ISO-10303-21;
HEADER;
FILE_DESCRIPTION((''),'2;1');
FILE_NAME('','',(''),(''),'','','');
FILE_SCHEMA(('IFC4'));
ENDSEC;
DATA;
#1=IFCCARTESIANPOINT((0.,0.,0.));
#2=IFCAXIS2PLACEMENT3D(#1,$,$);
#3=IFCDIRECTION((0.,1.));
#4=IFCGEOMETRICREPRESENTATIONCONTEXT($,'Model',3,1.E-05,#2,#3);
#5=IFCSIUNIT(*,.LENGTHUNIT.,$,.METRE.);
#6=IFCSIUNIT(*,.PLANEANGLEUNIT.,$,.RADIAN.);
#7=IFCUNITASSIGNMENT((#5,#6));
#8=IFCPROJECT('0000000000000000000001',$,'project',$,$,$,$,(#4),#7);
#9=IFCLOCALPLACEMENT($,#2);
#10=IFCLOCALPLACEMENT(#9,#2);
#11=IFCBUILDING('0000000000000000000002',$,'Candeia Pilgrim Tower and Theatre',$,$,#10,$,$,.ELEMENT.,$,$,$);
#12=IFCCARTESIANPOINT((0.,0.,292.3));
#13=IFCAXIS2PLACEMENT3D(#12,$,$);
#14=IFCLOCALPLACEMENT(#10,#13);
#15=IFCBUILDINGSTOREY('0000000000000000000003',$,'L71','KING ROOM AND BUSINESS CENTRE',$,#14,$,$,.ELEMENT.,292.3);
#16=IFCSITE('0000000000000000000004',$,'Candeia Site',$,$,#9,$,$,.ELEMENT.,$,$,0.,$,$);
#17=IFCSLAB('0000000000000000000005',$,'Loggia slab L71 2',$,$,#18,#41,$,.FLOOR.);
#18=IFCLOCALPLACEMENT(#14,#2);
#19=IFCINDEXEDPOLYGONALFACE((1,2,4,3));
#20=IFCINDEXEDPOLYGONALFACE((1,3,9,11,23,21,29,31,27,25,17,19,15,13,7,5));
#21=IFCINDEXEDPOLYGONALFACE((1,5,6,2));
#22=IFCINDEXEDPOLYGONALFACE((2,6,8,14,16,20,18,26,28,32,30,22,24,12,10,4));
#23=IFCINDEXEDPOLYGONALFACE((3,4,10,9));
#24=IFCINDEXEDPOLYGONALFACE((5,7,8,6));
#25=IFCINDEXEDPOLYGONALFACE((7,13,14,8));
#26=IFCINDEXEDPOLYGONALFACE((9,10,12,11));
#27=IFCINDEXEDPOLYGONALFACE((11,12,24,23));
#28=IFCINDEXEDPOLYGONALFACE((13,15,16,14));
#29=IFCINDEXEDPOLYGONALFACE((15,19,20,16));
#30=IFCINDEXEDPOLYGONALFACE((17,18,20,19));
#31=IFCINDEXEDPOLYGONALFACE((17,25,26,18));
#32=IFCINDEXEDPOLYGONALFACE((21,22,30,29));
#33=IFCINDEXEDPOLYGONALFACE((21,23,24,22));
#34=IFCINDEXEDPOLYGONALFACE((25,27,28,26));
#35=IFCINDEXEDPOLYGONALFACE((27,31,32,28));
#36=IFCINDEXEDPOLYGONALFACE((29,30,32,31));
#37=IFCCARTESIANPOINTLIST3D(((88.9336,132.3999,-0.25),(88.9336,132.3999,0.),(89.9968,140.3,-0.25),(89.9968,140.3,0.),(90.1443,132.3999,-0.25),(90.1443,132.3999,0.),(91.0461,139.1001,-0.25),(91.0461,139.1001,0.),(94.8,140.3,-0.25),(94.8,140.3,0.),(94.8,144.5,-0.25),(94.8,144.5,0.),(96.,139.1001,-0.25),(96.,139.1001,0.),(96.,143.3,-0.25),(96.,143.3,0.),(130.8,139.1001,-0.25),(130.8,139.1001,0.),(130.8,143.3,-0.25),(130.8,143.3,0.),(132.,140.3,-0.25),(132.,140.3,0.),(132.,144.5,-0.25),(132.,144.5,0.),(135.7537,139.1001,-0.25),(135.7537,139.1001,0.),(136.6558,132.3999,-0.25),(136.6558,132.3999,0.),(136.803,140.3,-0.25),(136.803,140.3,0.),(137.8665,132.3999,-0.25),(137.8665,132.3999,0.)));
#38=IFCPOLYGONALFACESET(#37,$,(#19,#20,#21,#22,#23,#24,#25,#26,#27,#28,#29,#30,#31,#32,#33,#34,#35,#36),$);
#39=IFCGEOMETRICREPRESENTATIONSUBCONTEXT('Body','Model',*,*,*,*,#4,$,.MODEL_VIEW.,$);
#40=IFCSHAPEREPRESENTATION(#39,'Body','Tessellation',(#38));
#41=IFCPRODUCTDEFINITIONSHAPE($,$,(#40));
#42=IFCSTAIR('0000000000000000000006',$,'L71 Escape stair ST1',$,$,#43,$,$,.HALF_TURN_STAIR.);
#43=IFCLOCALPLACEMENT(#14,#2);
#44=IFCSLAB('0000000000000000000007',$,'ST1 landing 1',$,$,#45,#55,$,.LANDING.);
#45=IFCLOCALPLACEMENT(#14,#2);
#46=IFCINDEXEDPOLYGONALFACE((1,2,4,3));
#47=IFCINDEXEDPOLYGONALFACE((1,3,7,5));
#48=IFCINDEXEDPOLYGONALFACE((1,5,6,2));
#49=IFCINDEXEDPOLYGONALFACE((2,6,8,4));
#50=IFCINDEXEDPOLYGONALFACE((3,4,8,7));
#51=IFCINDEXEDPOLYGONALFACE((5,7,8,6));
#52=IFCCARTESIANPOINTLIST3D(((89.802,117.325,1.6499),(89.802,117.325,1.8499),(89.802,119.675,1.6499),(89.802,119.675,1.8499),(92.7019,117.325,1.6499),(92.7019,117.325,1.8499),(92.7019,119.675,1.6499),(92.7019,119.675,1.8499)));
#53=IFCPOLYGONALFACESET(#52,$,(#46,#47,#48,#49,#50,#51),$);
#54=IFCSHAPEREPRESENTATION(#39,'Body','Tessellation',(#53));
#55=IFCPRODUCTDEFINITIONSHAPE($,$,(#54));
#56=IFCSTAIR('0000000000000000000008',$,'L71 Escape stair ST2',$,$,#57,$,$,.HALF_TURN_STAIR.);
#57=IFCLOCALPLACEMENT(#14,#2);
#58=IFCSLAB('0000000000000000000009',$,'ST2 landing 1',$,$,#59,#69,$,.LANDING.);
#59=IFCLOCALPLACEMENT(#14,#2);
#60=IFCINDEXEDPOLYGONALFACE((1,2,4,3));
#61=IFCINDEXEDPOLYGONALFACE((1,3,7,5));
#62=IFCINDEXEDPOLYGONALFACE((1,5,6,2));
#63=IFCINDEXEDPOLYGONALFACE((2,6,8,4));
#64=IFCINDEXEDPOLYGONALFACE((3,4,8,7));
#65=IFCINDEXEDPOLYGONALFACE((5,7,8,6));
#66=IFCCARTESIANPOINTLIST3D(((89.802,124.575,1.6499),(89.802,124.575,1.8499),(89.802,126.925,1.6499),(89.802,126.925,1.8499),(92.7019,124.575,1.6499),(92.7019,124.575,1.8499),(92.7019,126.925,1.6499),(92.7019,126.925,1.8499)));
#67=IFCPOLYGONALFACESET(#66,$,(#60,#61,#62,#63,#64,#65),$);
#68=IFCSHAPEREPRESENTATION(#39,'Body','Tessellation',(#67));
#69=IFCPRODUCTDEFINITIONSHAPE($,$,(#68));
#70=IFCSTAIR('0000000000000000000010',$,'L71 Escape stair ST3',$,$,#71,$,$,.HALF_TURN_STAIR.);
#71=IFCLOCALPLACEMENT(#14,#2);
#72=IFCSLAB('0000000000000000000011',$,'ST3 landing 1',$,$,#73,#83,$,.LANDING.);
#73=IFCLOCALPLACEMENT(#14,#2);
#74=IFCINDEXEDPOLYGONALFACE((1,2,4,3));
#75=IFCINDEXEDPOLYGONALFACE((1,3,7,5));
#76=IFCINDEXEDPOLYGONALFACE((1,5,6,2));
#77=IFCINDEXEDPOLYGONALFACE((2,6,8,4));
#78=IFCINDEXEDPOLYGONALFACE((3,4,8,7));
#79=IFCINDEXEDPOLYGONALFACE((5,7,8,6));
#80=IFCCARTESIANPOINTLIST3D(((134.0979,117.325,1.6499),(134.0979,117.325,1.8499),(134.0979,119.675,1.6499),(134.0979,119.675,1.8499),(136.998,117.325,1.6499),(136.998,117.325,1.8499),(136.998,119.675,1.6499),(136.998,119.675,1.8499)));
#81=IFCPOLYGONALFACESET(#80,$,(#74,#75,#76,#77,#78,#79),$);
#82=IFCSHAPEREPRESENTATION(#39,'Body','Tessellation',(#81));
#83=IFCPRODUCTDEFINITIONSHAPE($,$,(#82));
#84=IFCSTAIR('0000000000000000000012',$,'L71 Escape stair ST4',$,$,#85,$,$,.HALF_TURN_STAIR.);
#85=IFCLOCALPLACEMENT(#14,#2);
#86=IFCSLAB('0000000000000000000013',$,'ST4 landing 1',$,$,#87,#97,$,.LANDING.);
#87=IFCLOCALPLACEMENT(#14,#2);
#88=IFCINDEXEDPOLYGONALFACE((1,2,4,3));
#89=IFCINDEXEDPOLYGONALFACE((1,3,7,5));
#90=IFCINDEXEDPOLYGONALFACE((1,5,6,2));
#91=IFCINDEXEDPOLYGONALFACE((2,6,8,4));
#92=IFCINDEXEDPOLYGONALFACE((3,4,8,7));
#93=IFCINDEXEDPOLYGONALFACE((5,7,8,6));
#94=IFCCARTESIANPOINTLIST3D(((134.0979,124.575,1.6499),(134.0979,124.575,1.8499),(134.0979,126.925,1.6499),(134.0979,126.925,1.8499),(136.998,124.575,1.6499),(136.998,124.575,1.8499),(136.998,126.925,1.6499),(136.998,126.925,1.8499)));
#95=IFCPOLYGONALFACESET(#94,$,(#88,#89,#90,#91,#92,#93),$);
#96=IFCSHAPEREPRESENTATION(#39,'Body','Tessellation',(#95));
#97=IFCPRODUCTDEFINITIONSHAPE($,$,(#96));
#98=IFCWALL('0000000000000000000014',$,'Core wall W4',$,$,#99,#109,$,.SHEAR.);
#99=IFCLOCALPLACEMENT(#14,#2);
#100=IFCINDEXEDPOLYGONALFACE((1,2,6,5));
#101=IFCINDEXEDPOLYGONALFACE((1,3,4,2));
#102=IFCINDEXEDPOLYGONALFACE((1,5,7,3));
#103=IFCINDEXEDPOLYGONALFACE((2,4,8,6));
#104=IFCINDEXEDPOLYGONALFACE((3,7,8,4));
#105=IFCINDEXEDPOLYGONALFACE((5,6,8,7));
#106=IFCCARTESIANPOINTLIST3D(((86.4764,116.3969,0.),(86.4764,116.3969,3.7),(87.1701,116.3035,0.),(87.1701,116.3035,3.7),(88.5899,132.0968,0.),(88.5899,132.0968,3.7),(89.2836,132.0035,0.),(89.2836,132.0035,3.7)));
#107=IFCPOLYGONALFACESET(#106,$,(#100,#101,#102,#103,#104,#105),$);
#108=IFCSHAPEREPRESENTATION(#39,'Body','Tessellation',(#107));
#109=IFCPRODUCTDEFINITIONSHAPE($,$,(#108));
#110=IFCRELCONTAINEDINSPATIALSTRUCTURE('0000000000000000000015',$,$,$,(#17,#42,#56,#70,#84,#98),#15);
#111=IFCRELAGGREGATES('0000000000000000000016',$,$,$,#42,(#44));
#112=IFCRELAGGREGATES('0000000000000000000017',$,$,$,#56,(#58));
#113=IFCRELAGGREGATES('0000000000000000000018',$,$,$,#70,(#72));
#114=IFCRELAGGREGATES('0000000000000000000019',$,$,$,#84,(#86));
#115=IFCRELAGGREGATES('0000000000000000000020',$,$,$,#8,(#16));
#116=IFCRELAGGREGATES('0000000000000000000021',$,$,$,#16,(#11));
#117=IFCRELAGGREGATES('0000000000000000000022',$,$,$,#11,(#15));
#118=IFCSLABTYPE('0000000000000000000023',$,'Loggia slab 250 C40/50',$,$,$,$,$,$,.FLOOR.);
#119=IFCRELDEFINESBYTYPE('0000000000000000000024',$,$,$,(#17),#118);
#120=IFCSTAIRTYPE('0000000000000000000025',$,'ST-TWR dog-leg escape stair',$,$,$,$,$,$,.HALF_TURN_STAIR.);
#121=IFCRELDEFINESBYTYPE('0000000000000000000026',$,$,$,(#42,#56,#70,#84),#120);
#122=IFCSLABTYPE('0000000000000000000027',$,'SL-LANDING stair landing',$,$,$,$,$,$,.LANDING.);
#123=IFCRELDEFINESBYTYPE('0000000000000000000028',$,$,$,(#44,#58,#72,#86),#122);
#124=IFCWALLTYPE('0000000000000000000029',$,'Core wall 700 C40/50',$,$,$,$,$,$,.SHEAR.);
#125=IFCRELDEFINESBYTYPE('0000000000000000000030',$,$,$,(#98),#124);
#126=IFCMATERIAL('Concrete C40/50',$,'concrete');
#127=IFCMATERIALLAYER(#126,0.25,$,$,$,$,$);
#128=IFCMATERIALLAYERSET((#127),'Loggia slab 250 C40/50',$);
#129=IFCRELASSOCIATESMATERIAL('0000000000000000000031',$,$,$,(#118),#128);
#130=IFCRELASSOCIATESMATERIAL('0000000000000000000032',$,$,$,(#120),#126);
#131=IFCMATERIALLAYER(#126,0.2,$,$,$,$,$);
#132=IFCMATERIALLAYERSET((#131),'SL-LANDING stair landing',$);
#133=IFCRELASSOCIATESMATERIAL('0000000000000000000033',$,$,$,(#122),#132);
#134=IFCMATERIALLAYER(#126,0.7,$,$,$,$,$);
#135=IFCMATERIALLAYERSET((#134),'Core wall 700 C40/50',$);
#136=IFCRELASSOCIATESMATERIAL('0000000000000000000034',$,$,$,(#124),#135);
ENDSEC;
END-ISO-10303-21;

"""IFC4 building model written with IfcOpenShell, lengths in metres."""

from ifc_helpers import new_model, si_unit, direction, frame, frame_2d, origin, place, context, subcontext, project, spatial, polyline, rectangle, outline, extrude, material, layer, layer_set, type_object, element, aggregate, save


model = new_model("IFC4")

# Units and contexts
model_context = context("Model", 3, precision=1e-05, world=origin(), true_north=direction((0.0, 1.0)))
body_context = subcontext(model_context, "Body", "Model", "MODEL_VIEW")
ifc_project = project(units=[si_unit("LENGTHUNIT", "METRE"), si_unit("PLANEANGLEUNIT", "RADIAN")], contexts=[model_context])

# Site, building, storey
site_placement = place(None, origin())
site = spatial("IfcSite", under=ifc_project, at=site_placement, Name="Candeia Site", CompositionType="ELEMENT", RefElevation=0.0)
building_placement = place(site_placement, origin())
building = spatial("IfcBuilding", under=site, at=building_placement, Name="Candeia Pilgrim Tower and Theatre", CompositionType="ELEMENT")
storey_placement = place(building_placement, frame((0.0, 0.0, 292.3)))
storey = spatial("IfcBuildingStorey", under=building, at=storey_placement, Name="L71", Description="KING ROOM AND BUSINESS CENTRE", CompositionType="ELEMENT", Elevation=292.3)

# Shared definitions
ifc_material_1 = material(Name="Concrete C40/50", Category="concrete")

# Slab
ifc_layer_1 = layer(ifc_material_1, 0.25)
ifc_layer_set_1 = layer_set([ifc_layer_1], Name="Loggia slab 250 C40/50")
slab_type_1 = type_object("IfcSlabType", Name="Loggia slab 250 C40/50", PredefinedType="FLOOR", material=ifc_layer_set_1)
slab_1_placement = place(storey_placement, frame((0.0, 0.0, -0.25)))
element("IfcSlab", 1, at=slab_1_placement, inside=storey, type_object=slab_type_1, Name="Loggia slab L71 2", PredefinedType="FLOOR", context=body_context, shape_type="SweptSolid", body=[
    extrude(outline(polyline([(136.6558, 132.3999), (135.7537, 139.1001), (130.8, 139.1001), (130.8, 143.3), (96.0, 143.3), (96.0, 139.1001), (91.0461, 139.1001), (90.1443, 132.3999), (88.9336, 132.3999), (89.9968, 140.3), (94.8, 140.3), (94.8, 144.5), (132.0, 144.5), (132.0, 140.3), (136.803, 140.3), (137.8665, 132.3999), (136.6558, 132.3999)])), origin(), (0.0, 0.0, 1.0), 0.25),
])

# Stairs, slabs
stair_type = type_object("IfcStairType", Name="ST-TWR dog-leg escape stair", PredefinedType="HALF_TURN_STAIR", material=ifc_material_1)
stair_1_placement = place(storey_placement, origin())
stair_1 = element("IfcStair", 2, at=stair_1_placement, inside=storey, type_object=stair_type, Name="L71 Escape stair ST1", PredefinedType="HALF_TURN_STAIR")
ifc_layer_2 = layer(ifc_material_1, 0.2)
ifc_layer_set_2 = layer_set([ifc_layer_2], Name="SL-LANDING stair landing")
slab_type_2 = type_object("IfcSlabType", Name="SL-LANDING stair landing", PredefinedType="LANDING", material=ifc_layer_set_2)
slab_2_placement = place(storey_placement, frame((0.0, 0.0, 1.6499)))
slab_2 = element("IfcSlab", 3, at=slab_2_placement, type_object=slab_type_2, Name="ST1 landing 1", PredefinedType="LANDING", context=body_context, shape_type="SweptSolid", body=[
    extrude(outline(polyline([(89.802, 119.675), (89.802, 117.325), (92.7019, 117.325), (92.7019, 119.675), (89.802, 119.675)])), origin(), (0.0, 0.0, 1.0), 0.2),
])
aggregate(stair_1, [slab_2])
stair_2_placement = place(storey_placement, origin())
stair_2 = element("IfcStair", 4, at=stair_2_placement, inside=storey, type_object=stair_type, Name="L71 Escape stair ST2", PredefinedType="HALF_TURN_STAIR")
slab_3_placement = place(storey_placement, frame((0.0, 0.0, 1.6499)))
slab_3 = element("IfcSlab", 5, at=slab_3_placement, type_object=slab_type_2, Name="ST2 landing 1", PredefinedType="LANDING", context=body_context, shape_type="SweptSolid", body=[
    extrude(outline(polyline([(89.802, 126.925), (89.802, 124.575), (92.7019, 124.575), (92.7019, 126.925), (89.802, 126.925)])), origin(), (0.0, 0.0, 1.0), 0.2),
])
aggregate(stair_2, [slab_3])
stair_3_placement = place(storey_placement, origin())
stair_3 = element("IfcStair", 6, at=stair_3_placement, inside=storey, type_object=stair_type, Name="L71 Escape stair ST3", PredefinedType="HALF_TURN_STAIR")
slab_4_placement = place(storey_placement, frame((0.0, 0.0, 1.6499)))
slab_4 = element("IfcSlab", 7, at=slab_4_placement, type_object=slab_type_2, Name="ST3 landing 1", PredefinedType="LANDING", context=body_context, shape_type="SweptSolid", body=[
    extrude(outline(polyline([(134.0979, 119.675), (134.0979, 117.325), (136.998, 117.325), (136.998, 119.675), (134.0979, 119.675)])), origin(), (0.0, 0.0, 1.0), 0.2),
])
aggregate(stair_3, [slab_4])
stair_4_placement = place(storey_placement, origin())
stair_4 = element("IfcStair", 8, at=stair_4_placement, inside=storey, type_object=stair_type, Name="L71 Escape stair ST4", PredefinedType="HALF_TURN_STAIR")
slab_5_placement = place(storey_placement, frame((0.0, 0.0, 1.6499)))
slab_5 = element("IfcSlab", 9, at=slab_5_placement, type_object=slab_type_2, Name="ST4 landing 1", PredefinedType="LANDING", context=body_context, shape_type="SweptSolid", body=[
    extrude(outline(polyline([(134.0979, 126.925), (134.0979, 124.575), (136.998, 124.575), (136.998, 126.925), (134.0979, 126.925)])), origin(), (0.0, 0.0, 1.0), 0.2),
])
aggregate(stair_4, [slab_5])

# Wall
ifc_layer_3 = layer(ifc_material_1, 0.7)
ifc_layer_set_3 = layer_set([ifc_layer_3], Name="Core wall 700 C40/50")
wall_type = type_object("IfcWallType", Name="Core wall 700 C40/50", PredefinedType="SHEAR", material=ifc_layer_set_3)
wall_placement = place(storey_placement, frame((86.8232, 116.3501, 0.0), z_axis=(0.0, 0.0, 1.0), x_axis=(0.133416, 0.99106, 0.0)))
element("IfcWall", 10, at=wall_placement, inside=storey, type_object=wall_type, Name="Core wall W4", PredefinedType="SHEAR", context=body_context, shape_type="SweptSolid", body=[
    extrude(rectangle(XDim=15.8416, YDim=0.7, at=frame_2d((7.9209, 0.0))), origin(), (0.0, 0.0, 1.0), 3.7),
])

save(model, "model.ifc")
